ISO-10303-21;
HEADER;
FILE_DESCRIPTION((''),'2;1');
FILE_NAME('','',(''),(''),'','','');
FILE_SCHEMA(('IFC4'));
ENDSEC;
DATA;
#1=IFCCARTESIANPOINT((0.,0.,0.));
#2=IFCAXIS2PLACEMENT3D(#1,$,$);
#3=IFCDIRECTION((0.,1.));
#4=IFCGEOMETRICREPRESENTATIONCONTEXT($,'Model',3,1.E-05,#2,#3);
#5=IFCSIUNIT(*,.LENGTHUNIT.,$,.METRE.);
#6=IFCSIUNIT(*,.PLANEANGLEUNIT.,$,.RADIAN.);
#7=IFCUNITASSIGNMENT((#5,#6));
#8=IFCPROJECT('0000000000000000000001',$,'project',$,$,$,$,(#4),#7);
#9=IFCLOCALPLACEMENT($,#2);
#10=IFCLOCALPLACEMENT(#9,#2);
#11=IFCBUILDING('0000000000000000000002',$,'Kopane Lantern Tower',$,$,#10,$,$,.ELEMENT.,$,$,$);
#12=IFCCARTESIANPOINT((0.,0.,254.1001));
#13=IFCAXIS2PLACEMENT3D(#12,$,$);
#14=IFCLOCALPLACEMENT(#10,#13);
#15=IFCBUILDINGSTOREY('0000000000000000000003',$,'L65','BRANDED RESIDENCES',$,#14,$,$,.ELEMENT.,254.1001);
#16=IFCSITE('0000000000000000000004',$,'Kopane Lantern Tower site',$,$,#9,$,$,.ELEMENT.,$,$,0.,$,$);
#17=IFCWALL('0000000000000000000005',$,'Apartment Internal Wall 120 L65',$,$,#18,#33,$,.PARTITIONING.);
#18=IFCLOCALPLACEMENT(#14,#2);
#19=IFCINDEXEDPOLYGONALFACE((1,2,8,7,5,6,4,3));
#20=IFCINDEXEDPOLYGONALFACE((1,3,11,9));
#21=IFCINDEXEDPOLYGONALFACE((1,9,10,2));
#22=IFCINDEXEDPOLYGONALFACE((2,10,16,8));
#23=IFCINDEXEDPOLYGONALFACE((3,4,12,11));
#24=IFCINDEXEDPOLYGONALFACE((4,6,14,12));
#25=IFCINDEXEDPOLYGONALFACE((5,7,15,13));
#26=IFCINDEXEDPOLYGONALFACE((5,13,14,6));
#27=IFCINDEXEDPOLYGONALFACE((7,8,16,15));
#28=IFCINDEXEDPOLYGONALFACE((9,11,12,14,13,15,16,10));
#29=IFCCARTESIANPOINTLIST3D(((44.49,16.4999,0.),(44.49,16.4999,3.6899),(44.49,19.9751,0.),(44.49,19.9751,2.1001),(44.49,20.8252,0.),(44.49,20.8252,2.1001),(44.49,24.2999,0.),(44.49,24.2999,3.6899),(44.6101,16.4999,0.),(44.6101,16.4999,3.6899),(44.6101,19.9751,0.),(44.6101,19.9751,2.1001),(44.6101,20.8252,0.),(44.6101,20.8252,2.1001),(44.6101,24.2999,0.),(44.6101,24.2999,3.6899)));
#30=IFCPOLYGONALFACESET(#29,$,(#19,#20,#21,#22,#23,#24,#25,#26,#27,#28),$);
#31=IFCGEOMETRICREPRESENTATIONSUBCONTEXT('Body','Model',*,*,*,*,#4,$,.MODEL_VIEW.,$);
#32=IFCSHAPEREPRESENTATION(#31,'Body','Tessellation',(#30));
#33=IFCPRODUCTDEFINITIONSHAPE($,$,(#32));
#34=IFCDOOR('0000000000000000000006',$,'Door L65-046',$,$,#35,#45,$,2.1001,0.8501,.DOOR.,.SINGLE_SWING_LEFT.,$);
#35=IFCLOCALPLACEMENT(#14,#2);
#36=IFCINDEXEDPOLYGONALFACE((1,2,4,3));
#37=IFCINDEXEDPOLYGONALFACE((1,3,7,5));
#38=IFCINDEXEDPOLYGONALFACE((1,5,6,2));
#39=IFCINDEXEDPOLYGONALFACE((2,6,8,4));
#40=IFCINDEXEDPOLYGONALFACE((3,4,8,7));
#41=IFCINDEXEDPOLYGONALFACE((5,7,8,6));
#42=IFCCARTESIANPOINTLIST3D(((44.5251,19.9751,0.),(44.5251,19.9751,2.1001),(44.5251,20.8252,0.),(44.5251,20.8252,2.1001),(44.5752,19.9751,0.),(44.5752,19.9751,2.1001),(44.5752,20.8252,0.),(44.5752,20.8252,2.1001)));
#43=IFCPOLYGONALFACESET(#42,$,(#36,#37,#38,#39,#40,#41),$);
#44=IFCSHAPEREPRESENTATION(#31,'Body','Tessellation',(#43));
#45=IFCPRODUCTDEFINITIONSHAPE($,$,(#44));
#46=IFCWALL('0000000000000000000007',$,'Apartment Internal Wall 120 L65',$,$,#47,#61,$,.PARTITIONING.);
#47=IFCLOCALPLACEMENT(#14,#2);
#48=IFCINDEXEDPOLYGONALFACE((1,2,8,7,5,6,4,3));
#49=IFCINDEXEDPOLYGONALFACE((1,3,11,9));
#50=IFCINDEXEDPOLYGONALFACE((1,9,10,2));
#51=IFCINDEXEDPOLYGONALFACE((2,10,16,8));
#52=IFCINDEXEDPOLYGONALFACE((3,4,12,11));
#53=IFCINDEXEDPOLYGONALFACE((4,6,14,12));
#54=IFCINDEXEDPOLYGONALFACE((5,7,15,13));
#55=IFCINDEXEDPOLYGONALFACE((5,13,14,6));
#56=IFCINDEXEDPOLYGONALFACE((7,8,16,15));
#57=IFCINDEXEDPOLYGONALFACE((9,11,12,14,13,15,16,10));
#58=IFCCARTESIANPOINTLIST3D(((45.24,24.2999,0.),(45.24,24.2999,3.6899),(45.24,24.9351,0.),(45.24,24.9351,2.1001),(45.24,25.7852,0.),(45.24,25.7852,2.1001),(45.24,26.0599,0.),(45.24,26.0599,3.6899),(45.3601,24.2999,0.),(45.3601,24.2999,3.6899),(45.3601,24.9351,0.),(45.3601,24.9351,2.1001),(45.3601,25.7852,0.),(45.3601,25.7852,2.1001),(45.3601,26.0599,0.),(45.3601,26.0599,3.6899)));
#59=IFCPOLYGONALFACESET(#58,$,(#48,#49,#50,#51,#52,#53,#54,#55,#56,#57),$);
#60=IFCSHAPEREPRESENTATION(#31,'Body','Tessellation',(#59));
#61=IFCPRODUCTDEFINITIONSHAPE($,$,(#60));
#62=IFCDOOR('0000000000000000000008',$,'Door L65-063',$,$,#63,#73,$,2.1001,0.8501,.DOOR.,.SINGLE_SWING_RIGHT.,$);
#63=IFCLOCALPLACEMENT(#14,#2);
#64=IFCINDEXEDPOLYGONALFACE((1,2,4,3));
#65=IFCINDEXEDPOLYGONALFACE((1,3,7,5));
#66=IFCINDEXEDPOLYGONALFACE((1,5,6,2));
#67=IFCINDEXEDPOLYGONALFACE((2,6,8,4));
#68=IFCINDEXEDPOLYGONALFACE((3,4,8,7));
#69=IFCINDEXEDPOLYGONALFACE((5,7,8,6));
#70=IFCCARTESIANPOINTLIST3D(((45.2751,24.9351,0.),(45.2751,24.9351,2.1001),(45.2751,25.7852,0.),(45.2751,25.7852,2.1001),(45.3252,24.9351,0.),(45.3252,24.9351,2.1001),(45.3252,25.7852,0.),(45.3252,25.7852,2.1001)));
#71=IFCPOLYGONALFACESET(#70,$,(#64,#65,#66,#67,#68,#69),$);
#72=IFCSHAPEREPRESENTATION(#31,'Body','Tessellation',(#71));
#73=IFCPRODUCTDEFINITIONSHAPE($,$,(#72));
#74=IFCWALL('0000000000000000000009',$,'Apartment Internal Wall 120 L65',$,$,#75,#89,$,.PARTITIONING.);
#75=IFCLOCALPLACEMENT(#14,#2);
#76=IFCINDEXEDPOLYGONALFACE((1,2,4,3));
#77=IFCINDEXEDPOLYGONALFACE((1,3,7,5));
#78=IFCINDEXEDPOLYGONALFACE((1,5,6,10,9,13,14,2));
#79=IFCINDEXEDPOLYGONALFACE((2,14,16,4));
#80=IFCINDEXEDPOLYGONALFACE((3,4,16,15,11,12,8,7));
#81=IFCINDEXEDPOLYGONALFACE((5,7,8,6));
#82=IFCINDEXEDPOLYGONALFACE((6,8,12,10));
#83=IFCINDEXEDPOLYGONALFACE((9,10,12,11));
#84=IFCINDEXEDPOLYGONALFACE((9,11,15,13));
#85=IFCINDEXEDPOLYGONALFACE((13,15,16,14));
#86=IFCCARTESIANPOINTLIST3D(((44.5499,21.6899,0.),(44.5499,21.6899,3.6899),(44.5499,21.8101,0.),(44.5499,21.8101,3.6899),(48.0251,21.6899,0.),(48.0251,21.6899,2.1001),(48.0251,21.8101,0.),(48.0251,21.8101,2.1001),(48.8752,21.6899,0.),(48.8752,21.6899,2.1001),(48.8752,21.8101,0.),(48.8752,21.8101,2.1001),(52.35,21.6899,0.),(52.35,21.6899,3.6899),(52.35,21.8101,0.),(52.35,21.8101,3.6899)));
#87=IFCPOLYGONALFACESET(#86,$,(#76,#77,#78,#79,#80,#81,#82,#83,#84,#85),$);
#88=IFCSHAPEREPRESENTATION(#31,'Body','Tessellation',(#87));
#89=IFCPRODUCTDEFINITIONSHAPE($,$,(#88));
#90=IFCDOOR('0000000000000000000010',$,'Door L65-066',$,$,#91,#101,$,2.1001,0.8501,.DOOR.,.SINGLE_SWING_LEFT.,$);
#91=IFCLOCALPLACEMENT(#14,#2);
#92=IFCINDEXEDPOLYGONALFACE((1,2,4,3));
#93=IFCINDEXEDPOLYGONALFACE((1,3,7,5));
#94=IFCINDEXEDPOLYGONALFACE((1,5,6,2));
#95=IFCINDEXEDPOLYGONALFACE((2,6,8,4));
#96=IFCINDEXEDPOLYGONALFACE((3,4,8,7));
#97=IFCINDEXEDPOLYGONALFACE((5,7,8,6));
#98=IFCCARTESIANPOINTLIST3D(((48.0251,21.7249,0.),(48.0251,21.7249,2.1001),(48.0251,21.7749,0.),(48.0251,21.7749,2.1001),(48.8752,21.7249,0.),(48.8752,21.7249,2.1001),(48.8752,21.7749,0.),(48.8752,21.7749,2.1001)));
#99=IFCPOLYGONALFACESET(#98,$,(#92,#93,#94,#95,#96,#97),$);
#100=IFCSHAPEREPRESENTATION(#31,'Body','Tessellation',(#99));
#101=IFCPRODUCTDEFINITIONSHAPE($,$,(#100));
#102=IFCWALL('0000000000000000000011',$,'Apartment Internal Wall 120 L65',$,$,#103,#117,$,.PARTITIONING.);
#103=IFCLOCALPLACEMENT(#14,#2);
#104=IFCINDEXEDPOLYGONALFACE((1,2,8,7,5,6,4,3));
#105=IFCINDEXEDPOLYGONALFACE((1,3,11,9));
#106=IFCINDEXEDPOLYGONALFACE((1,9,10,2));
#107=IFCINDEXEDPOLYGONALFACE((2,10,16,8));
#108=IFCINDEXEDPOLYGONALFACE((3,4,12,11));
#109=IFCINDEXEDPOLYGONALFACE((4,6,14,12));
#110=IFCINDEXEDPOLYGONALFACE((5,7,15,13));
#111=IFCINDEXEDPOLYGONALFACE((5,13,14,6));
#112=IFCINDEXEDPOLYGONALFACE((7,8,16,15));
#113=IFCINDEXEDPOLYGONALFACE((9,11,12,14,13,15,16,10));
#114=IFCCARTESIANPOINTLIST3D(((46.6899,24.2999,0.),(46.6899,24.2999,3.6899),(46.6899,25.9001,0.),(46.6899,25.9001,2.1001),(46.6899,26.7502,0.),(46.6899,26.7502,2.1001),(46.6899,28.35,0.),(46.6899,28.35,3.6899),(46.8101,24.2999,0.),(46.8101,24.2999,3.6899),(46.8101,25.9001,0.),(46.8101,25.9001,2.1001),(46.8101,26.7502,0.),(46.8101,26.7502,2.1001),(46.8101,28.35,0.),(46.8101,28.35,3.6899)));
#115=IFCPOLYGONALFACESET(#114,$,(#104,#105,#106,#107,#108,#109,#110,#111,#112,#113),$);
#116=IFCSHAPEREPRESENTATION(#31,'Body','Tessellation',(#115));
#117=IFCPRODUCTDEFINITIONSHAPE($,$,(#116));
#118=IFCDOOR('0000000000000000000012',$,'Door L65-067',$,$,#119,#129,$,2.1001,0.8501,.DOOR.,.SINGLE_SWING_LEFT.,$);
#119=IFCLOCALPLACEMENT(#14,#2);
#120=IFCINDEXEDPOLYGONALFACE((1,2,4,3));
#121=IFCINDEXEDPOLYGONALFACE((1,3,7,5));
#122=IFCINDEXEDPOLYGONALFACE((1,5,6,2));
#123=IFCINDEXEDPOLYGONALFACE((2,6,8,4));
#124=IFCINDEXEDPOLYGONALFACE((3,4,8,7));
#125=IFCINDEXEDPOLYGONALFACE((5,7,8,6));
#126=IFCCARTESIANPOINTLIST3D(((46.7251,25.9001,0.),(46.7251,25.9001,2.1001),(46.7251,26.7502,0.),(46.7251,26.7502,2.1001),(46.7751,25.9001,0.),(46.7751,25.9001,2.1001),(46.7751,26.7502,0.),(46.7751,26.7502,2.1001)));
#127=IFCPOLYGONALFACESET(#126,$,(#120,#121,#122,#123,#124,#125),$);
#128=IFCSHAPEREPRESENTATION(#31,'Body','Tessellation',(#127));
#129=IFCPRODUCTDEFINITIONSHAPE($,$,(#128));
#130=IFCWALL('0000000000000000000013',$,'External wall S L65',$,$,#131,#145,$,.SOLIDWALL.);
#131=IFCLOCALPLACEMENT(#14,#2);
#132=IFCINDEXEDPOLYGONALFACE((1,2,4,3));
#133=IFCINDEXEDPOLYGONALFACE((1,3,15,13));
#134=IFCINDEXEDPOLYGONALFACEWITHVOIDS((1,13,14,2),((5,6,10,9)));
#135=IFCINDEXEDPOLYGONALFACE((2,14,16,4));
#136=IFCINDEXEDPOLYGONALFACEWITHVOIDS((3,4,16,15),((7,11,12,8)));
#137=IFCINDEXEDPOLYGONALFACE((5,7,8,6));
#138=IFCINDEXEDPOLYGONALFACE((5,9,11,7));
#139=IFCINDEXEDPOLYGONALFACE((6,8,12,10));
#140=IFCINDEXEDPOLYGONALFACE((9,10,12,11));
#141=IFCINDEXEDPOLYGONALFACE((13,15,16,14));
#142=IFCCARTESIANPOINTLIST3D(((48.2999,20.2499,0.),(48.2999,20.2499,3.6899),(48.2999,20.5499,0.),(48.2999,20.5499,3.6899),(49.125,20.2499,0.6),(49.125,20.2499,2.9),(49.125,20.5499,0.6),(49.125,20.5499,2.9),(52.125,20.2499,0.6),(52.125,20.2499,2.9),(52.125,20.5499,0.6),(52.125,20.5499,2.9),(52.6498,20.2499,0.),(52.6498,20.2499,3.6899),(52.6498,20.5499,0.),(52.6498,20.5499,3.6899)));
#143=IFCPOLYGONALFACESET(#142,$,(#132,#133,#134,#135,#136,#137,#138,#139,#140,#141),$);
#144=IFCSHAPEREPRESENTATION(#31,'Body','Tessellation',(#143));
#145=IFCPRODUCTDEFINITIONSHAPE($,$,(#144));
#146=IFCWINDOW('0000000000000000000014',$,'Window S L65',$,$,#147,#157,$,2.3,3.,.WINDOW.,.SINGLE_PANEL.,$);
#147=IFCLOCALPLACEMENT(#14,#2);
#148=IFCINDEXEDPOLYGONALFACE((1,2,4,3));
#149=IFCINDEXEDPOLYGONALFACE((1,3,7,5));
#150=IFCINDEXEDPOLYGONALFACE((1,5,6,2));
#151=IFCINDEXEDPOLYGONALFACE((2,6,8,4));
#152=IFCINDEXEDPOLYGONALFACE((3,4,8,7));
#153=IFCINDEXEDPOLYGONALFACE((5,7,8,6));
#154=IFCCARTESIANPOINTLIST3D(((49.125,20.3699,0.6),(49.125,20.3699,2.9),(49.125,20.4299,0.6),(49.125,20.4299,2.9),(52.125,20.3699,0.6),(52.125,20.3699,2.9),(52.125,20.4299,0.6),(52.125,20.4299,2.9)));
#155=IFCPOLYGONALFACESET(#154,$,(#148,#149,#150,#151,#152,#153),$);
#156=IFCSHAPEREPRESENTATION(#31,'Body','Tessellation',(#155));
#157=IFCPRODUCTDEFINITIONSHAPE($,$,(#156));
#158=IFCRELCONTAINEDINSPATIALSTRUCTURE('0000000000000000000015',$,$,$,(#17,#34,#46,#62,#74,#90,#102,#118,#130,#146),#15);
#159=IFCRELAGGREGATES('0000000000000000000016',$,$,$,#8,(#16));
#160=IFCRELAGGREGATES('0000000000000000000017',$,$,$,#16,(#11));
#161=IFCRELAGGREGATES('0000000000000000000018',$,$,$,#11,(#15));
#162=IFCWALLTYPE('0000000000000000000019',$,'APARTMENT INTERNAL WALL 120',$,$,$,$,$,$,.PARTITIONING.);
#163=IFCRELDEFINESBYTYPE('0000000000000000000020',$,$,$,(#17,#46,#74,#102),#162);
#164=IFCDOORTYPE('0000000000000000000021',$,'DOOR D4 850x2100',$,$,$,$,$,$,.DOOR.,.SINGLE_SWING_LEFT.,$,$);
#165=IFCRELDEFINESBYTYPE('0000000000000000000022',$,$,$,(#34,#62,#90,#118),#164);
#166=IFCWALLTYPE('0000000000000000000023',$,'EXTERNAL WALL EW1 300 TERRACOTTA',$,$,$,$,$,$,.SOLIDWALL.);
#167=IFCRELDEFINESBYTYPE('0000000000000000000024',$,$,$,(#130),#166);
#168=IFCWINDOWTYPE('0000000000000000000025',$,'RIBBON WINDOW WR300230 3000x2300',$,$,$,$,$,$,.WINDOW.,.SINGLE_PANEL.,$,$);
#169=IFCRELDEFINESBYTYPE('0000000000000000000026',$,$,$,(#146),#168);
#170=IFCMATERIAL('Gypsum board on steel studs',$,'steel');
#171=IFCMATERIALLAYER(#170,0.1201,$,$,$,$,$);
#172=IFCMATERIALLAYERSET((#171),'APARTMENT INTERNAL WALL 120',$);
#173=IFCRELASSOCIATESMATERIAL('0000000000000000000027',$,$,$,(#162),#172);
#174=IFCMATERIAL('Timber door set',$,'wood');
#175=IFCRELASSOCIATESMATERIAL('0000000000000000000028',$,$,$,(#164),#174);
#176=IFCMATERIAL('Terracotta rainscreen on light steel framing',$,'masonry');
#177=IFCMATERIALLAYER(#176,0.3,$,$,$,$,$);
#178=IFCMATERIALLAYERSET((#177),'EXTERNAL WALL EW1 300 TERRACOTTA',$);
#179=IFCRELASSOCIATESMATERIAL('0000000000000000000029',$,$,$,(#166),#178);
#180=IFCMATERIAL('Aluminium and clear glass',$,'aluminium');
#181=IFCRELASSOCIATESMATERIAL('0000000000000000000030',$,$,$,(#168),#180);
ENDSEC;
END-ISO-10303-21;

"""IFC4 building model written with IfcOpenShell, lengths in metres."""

from ifc_helpers import new_model, si_unit, direction, frame, frame_2d, origin, place, context, subcontext, project, spatial, rectangle, extrude, material, layer, layer_set, type_object, element, fill, save


model = new_model("IFC4")

# Units and contexts
model_context = context("Model", 3, precision=1e-05, world=origin(), true_north=direction((0.0, 1.0)))
body_context = subcontext(model_context, "Body", "Model", "MODEL_VIEW")
ifc_project = project(units=[si_unit("LENGTHUNIT", "METRE"), si_unit("PLANEANGLEUNIT", "RADIAN")], contexts=[model_context])

# Site, building, storey
site_placement = place(None, origin())
site = spatial("IfcSite", under=ifc_project, at=site_placement, Name="Kopane Lantern Tower site", CompositionType="ELEMENT", RefElevation=0.0)
building_placement = place(site_placement, origin())
building = spatial("IfcBuilding", under=site, at=building_placement, Name="Kopane Lantern Tower", CompositionType="ELEMENT")
storey_placement = place(building_placement, frame((0.0, 0.0, 254.1001)))
storey = spatial("IfcBuildingStorey", under=building, at=storey_placement, Name="L65", Description="BRANDED RESIDENCES", CompositionType="ELEMENT", Elevation=254.1001)

# Shared definitions
ifc_material_1 = material(Name="Gypsum board on steel studs", Category="steel")
ifc_layer_1 = layer(ifc_material_1, 0.1201)
ifc_layer_set_1 = layer_set([ifc_layer_1], Name="APARTMENT INTERNAL WALL 120")
wall_type_1 = type_object("IfcWallType", Name="APARTMENT INTERNAL WALL 120", PredefinedType="PARTITIONING", material=ifc_layer_set_1)
ifc_material_2 = material(Name="Timber door set", Category="wood")
door_type = type_object("IfcDoorType", Name="DOOR D4 850x2100", OperationType="SINGLE_SWING_LEFT", PredefinedType="DOOR", material=ifc_material_2)

# Walls, openings, doors
wall_1_placement = place(storey_placement, frame((44.55, 16.5, 0.0), z_axis=(0.0, 0.0, 1.0), x_axis=(0.0, 1.0, 0.0)))
wall_1 = element("IfcWall", 1, at=wall_1_placement, inside=storey, type_object=wall_type_1, Name="Apartment Internal Wall 120 L65", PredefinedType="PARTITIONING", context=body_context, shape_type="SweptSolid", body=[
    extrude(rectangle(XDim=7.8, YDim=0.1201, at=frame_2d((3.8999, 0.0))), origin(), (0.0, 0.0, 1.0), 3.6899),
])
opening_1_placement = place(wall_1_placement, frame((3.4751, 0.0, 0.0)))
opening_1 = element("IfcOpeningElement", 2, at=opening_1_placement, cuts=wall_1, PredefinedType="OPENING", context=body_context, shape_type="SweptSolid", body=[
    extrude(rectangle(XDim=0.8501, YDim=2.1001, at=frame_2d((0.425, 1.05))), frame((0.0, 0.0701, 0.0), z_axis=(0.0, -1.0, 0.0), x_axis=(1.0, 0.0, 0.0)), (0.0, 0.0, 1.0), 0.1401),
])
door_1_placement = place(opening_1_placement, origin())
door_1 = element("IfcDoor", 3, at=door_1_placement, inside=storey, type_object=door_type, Name="Door L65-046", OperationType="SINGLE_SWING_LEFT", OverallHeight=2.1001, OverallWidth=0.8501, PredefinedType="DOOR", context=body_context, shape_type="SweptSolid", body=[
    extrude(rectangle(XDim=0.8501, YDim=2.1001, at=frame_2d((0.425, 1.05))), frame((0.0, 0.0249, 0.0), z_axis=(0.0, -1.0, 0.0), x_axis=(1.0, 0.0, 0.0)), (0.0, 0.0, 1.0), 0.05),
])
fill(opening_1, door_1)
wall_2_placement = place(storey_placement, frame((45.3, 24.3, 0.0), z_axis=(0.0, 0.0, 1.0), x_axis=(0.0, 1.0, 0.0)))
wall_2 = element("IfcWall", 4, at=wall_2_placement, inside=storey, type_object=wall_type_1, Name="Apartment Internal Wall 120 L65", PredefinedType="PARTITIONING", context=body_context, shape_type="SweptSolid", body=[
    extrude(rectangle(XDim=1.76, YDim=0.1201, at=frame_2d((0.8799, 0.0))), origin(), (0.0, 0.0, 1.0), 3.6899),
])
opening_2_placement = place(wall_2_placement, frame((0.635, 0.0, 0.0)))
opening_2 = element("IfcOpeningElement", 5, at=opening_2_placement, cuts=wall_2, PredefinedType="OPENING", context=body_context, shape_type="SweptSolid", body=[
    extrude(rectangle(XDim=0.8501, YDim=2.1001, at=frame_2d((0.425, 1.05))), frame((0.0, 0.0701, 0.0), z_axis=(0.0, -1.0, 0.0), x_axis=(1.0, 0.0, 0.0)), (0.0, 0.0, 1.0), 0.1401),
])
door_2_placement = place(opening_2_placement, origin())
door_2 = element("IfcDoor", 6, at=door_2_placement, inside=storey, type_object=door_type, Name="Door L65-063", OperationType="SINGLE_SWING_RIGHT", OverallHeight=2.1001, OverallWidth=0.8501, PredefinedType="DOOR", context=body_context, shape_type="SweptSolid", body=[
    extrude(rectangle(XDim=0.8501, YDim=2.1001, at=frame_2d((0.425, 1.05))), frame((0.0, 0.0249, 0.0), z_axis=(0.0, -1.0, 0.0), x_axis=(1.0, 0.0, 0.0)), (0.0, 0.0, 1.0), 0.05),
])
fill(opening_2, door_2)
wall_3_placement = place(storey_placement, frame((44.55, 21.75, 0.0), z_axis=(0.0, 0.0, 1.0), x_axis=(1.0, 0.0, 0.0)))
wall_3 = element("IfcWall", 7, at=wall_3_placement, inside=storey, type_object=wall_type_1, Name="Apartment Internal Wall 120 L65", PredefinedType="PARTITIONING", context=body_context, shape_type="SweptSolid", body=[
    extrude(rectangle(XDim=7.8, YDim=0.1201, at=frame_2d((3.8999, 0.0))), origin(), (0.0, 0.0, 1.0), 3.6899),
])
opening_3_placement = place(wall_3_placement, frame((3.4751, 0.0, 0.0)))
opening_3 = element("IfcOpeningElement", 8, at=opening_3_placement, cuts=wall_3, PredefinedType="OPENING", context=body_context, shape_type="SweptSolid", body=[
    extrude(rectangle(XDim=0.8501, YDim=2.1001, at=frame_2d((0.425, 1.05))), frame((0.0, 0.0701, 0.0), z_axis=(0.0, -1.0, 0.0), x_axis=(1.0, 0.0, 0.0)), (0.0, 0.0, 1.0), 0.1401),
])
door_3_placement = place(opening_3_placement, origin())
door_3 = element("IfcDoor", 9, at=door_3_placement, inside=storey, type_object=door_type, Name="Door L65-066", OperationType="SINGLE_SWING_LEFT", OverallHeight=2.1001, OverallWidth=0.8501, PredefinedType="DOOR", context=body_context, shape_type="SweptSolid", body=[
    extrude(rectangle(XDim=0.8501, YDim=2.1001, at=frame_2d((0.425, 1.05))), frame((0.0, 0.0249, 0.0), z_axis=(0.0, -1.0, 0.0), x_axis=(1.0, 0.0, 0.0)), (0.0, 0.0, 1.0), 0.05),
])
fill(opening_3, door_3)
wall_4_placement = place(storey_placement, frame((46.75, 24.3, 0.0), z_axis=(0.0, 0.0, 1.0), x_axis=(0.0, 1.0, 0.0)))
wall_4 = element("IfcWall", 10, at=wall_4_placement, inside=storey, type_object=wall_type_1, Name="Apartment Internal Wall 120 L65", PredefinedType="PARTITIONING", context=body_context, shape_type="SweptSolid", body=[
    extrude(rectangle(XDim=4.05, YDim=0.1201, at=frame_2d((2.0249, 0.0))), origin(), (0.0, 0.0, 1.0), 3.6899),
])
opening_4_placement = place(wall_4_placement, frame((1.6001, 0.0, 0.0)))
opening_4 = element("IfcOpeningElement", 11, at=opening_4_placement, cuts=wall_4, PredefinedType="OPENING", context=body_context, shape_type="SweptSolid", body=[
    extrude(rectangle(XDim=0.8501, YDim=2.1001, at=frame_2d((0.425, 1.05))), frame((0.0, 0.0701, 0.0), z_axis=(0.0, -1.0, 0.0), x_axis=(1.0, 0.0, 0.0)), (0.0, 0.0, 1.0), 0.1401),
])
door_4_placement = place(opening_4_placement, origin())
door_4 = element("IfcDoor", 12, at=door_4_placement, inside=storey, type_object=door_type, Name="Door L65-067", OperationType="SINGLE_SWING_LEFT", OverallHeight=2.1001, OverallWidth=0.8501, PredefinedType="DOOR", context=body_context, shape_type="SweptSolid", body=[
    extrude(rectangle(XDim=0.8501, YDim=2.1001, at=frame_2d((0.425, 1.05))), frame((0.0, 0.0249, 0.0), z_axis=(0.0, -1.0, 0.0), x_axis=(1.0, 0.0, 0.0)), (0.0, 0.0, 1.0), 0.05),
])
fill(opening_4, door_4)

# Wall, opening, window
ifc_material_3 = material(Name="Terracotta rainscreen on light steel framing", Category="masonry")
ifc_layer_2 = layer(ifc_material_3, 0.3)
ifc_layer_set_2 = layer_set([ifc_layer_2], Name="EXTERNAL WALL EW1 300 TERRACOTTA")
wall_type_2 = type_object("IfcWallType", Name="EXTERNAL WALL EW1 300 TERRACOTTA", PredefinedType="SOLIDWALL", material=ifc_layer_set_2)
wall_5_placement = place(storey_placement, frame((48.3, 20.3999, 0.0), z_axis=(0.0, 0.0, 1.0), x_axis=(1.0, 0.0, 0.0)))
wall_5 = element("IfcWall", 13, at=wall_5_placement, inside=storey, type_object=wall_type_2, Name="External wall S L65", PredefinedType="SOLIDWALL", context=body_context, shape_type="SweptSolid", body=[
    extrude(rectangle(XDim=4.3499, YDim=0.3, at=frame_2d((2.1748, 0.0))), origin(), (0.0, 0.0, 1.0), 3.6899),
])
opening_5_placement = place(wall_5_placement, frame((0.825, 0.0, 0.6001)))
opening_5 = element("IfcOpeningElement", 14, at=opening_5_placement, cuts=wall_5, PredefinedType="OPENING", context=body_context, shape_type="SweptSolid", body=[
    extrude(rectangle(XDim=3.0, YDim=2.3, at=frame_2d((1.5, 1.1499))), frame((0.0, 0.1599, 0.0), z_axis=(0.0, -1.0, 0.0), x_axis=(1.0, 0.0, 0.0)), (0.0, 0.0, 1.0), 0.3201),
])
ifc_material_4 = material(Name="Aluminium and clear glass", Category="aluminium")
window_type = type_object("IfcWindowType", Name="RIBBON WINDOW WR300230 3000x2300", PartitioningType="SINGLE_PANEL", PredefinedType="WINDOW", material=ifc_material_4)
window_placement = place(opening_5_placement, origin())
window = element("IfcWindow", 15, at=window_placement, inside=storey, type_object=window_type, Name="Window S L65", OverallHeight=2.3, OverallWidth=3.0, PartitioningType="SINGLE_PANEL", PredefinedType="WINDOW", context=body_context, shape_type="SweptSolid", body=[
    extrude(rectangle(XDim=3.0, YDim=2.3, at=frame_2d((1.5, 1.1499))), frame((0.0, 0.03, 0.0), z_axis=(0.0, -1.0, 0.0), x_axis=(1.0, 0.0, 0.0)), (0.0, 0.0, 1.0), 0.0601),
])
fill(opening_5, window)

save(model, "model.ifc")
